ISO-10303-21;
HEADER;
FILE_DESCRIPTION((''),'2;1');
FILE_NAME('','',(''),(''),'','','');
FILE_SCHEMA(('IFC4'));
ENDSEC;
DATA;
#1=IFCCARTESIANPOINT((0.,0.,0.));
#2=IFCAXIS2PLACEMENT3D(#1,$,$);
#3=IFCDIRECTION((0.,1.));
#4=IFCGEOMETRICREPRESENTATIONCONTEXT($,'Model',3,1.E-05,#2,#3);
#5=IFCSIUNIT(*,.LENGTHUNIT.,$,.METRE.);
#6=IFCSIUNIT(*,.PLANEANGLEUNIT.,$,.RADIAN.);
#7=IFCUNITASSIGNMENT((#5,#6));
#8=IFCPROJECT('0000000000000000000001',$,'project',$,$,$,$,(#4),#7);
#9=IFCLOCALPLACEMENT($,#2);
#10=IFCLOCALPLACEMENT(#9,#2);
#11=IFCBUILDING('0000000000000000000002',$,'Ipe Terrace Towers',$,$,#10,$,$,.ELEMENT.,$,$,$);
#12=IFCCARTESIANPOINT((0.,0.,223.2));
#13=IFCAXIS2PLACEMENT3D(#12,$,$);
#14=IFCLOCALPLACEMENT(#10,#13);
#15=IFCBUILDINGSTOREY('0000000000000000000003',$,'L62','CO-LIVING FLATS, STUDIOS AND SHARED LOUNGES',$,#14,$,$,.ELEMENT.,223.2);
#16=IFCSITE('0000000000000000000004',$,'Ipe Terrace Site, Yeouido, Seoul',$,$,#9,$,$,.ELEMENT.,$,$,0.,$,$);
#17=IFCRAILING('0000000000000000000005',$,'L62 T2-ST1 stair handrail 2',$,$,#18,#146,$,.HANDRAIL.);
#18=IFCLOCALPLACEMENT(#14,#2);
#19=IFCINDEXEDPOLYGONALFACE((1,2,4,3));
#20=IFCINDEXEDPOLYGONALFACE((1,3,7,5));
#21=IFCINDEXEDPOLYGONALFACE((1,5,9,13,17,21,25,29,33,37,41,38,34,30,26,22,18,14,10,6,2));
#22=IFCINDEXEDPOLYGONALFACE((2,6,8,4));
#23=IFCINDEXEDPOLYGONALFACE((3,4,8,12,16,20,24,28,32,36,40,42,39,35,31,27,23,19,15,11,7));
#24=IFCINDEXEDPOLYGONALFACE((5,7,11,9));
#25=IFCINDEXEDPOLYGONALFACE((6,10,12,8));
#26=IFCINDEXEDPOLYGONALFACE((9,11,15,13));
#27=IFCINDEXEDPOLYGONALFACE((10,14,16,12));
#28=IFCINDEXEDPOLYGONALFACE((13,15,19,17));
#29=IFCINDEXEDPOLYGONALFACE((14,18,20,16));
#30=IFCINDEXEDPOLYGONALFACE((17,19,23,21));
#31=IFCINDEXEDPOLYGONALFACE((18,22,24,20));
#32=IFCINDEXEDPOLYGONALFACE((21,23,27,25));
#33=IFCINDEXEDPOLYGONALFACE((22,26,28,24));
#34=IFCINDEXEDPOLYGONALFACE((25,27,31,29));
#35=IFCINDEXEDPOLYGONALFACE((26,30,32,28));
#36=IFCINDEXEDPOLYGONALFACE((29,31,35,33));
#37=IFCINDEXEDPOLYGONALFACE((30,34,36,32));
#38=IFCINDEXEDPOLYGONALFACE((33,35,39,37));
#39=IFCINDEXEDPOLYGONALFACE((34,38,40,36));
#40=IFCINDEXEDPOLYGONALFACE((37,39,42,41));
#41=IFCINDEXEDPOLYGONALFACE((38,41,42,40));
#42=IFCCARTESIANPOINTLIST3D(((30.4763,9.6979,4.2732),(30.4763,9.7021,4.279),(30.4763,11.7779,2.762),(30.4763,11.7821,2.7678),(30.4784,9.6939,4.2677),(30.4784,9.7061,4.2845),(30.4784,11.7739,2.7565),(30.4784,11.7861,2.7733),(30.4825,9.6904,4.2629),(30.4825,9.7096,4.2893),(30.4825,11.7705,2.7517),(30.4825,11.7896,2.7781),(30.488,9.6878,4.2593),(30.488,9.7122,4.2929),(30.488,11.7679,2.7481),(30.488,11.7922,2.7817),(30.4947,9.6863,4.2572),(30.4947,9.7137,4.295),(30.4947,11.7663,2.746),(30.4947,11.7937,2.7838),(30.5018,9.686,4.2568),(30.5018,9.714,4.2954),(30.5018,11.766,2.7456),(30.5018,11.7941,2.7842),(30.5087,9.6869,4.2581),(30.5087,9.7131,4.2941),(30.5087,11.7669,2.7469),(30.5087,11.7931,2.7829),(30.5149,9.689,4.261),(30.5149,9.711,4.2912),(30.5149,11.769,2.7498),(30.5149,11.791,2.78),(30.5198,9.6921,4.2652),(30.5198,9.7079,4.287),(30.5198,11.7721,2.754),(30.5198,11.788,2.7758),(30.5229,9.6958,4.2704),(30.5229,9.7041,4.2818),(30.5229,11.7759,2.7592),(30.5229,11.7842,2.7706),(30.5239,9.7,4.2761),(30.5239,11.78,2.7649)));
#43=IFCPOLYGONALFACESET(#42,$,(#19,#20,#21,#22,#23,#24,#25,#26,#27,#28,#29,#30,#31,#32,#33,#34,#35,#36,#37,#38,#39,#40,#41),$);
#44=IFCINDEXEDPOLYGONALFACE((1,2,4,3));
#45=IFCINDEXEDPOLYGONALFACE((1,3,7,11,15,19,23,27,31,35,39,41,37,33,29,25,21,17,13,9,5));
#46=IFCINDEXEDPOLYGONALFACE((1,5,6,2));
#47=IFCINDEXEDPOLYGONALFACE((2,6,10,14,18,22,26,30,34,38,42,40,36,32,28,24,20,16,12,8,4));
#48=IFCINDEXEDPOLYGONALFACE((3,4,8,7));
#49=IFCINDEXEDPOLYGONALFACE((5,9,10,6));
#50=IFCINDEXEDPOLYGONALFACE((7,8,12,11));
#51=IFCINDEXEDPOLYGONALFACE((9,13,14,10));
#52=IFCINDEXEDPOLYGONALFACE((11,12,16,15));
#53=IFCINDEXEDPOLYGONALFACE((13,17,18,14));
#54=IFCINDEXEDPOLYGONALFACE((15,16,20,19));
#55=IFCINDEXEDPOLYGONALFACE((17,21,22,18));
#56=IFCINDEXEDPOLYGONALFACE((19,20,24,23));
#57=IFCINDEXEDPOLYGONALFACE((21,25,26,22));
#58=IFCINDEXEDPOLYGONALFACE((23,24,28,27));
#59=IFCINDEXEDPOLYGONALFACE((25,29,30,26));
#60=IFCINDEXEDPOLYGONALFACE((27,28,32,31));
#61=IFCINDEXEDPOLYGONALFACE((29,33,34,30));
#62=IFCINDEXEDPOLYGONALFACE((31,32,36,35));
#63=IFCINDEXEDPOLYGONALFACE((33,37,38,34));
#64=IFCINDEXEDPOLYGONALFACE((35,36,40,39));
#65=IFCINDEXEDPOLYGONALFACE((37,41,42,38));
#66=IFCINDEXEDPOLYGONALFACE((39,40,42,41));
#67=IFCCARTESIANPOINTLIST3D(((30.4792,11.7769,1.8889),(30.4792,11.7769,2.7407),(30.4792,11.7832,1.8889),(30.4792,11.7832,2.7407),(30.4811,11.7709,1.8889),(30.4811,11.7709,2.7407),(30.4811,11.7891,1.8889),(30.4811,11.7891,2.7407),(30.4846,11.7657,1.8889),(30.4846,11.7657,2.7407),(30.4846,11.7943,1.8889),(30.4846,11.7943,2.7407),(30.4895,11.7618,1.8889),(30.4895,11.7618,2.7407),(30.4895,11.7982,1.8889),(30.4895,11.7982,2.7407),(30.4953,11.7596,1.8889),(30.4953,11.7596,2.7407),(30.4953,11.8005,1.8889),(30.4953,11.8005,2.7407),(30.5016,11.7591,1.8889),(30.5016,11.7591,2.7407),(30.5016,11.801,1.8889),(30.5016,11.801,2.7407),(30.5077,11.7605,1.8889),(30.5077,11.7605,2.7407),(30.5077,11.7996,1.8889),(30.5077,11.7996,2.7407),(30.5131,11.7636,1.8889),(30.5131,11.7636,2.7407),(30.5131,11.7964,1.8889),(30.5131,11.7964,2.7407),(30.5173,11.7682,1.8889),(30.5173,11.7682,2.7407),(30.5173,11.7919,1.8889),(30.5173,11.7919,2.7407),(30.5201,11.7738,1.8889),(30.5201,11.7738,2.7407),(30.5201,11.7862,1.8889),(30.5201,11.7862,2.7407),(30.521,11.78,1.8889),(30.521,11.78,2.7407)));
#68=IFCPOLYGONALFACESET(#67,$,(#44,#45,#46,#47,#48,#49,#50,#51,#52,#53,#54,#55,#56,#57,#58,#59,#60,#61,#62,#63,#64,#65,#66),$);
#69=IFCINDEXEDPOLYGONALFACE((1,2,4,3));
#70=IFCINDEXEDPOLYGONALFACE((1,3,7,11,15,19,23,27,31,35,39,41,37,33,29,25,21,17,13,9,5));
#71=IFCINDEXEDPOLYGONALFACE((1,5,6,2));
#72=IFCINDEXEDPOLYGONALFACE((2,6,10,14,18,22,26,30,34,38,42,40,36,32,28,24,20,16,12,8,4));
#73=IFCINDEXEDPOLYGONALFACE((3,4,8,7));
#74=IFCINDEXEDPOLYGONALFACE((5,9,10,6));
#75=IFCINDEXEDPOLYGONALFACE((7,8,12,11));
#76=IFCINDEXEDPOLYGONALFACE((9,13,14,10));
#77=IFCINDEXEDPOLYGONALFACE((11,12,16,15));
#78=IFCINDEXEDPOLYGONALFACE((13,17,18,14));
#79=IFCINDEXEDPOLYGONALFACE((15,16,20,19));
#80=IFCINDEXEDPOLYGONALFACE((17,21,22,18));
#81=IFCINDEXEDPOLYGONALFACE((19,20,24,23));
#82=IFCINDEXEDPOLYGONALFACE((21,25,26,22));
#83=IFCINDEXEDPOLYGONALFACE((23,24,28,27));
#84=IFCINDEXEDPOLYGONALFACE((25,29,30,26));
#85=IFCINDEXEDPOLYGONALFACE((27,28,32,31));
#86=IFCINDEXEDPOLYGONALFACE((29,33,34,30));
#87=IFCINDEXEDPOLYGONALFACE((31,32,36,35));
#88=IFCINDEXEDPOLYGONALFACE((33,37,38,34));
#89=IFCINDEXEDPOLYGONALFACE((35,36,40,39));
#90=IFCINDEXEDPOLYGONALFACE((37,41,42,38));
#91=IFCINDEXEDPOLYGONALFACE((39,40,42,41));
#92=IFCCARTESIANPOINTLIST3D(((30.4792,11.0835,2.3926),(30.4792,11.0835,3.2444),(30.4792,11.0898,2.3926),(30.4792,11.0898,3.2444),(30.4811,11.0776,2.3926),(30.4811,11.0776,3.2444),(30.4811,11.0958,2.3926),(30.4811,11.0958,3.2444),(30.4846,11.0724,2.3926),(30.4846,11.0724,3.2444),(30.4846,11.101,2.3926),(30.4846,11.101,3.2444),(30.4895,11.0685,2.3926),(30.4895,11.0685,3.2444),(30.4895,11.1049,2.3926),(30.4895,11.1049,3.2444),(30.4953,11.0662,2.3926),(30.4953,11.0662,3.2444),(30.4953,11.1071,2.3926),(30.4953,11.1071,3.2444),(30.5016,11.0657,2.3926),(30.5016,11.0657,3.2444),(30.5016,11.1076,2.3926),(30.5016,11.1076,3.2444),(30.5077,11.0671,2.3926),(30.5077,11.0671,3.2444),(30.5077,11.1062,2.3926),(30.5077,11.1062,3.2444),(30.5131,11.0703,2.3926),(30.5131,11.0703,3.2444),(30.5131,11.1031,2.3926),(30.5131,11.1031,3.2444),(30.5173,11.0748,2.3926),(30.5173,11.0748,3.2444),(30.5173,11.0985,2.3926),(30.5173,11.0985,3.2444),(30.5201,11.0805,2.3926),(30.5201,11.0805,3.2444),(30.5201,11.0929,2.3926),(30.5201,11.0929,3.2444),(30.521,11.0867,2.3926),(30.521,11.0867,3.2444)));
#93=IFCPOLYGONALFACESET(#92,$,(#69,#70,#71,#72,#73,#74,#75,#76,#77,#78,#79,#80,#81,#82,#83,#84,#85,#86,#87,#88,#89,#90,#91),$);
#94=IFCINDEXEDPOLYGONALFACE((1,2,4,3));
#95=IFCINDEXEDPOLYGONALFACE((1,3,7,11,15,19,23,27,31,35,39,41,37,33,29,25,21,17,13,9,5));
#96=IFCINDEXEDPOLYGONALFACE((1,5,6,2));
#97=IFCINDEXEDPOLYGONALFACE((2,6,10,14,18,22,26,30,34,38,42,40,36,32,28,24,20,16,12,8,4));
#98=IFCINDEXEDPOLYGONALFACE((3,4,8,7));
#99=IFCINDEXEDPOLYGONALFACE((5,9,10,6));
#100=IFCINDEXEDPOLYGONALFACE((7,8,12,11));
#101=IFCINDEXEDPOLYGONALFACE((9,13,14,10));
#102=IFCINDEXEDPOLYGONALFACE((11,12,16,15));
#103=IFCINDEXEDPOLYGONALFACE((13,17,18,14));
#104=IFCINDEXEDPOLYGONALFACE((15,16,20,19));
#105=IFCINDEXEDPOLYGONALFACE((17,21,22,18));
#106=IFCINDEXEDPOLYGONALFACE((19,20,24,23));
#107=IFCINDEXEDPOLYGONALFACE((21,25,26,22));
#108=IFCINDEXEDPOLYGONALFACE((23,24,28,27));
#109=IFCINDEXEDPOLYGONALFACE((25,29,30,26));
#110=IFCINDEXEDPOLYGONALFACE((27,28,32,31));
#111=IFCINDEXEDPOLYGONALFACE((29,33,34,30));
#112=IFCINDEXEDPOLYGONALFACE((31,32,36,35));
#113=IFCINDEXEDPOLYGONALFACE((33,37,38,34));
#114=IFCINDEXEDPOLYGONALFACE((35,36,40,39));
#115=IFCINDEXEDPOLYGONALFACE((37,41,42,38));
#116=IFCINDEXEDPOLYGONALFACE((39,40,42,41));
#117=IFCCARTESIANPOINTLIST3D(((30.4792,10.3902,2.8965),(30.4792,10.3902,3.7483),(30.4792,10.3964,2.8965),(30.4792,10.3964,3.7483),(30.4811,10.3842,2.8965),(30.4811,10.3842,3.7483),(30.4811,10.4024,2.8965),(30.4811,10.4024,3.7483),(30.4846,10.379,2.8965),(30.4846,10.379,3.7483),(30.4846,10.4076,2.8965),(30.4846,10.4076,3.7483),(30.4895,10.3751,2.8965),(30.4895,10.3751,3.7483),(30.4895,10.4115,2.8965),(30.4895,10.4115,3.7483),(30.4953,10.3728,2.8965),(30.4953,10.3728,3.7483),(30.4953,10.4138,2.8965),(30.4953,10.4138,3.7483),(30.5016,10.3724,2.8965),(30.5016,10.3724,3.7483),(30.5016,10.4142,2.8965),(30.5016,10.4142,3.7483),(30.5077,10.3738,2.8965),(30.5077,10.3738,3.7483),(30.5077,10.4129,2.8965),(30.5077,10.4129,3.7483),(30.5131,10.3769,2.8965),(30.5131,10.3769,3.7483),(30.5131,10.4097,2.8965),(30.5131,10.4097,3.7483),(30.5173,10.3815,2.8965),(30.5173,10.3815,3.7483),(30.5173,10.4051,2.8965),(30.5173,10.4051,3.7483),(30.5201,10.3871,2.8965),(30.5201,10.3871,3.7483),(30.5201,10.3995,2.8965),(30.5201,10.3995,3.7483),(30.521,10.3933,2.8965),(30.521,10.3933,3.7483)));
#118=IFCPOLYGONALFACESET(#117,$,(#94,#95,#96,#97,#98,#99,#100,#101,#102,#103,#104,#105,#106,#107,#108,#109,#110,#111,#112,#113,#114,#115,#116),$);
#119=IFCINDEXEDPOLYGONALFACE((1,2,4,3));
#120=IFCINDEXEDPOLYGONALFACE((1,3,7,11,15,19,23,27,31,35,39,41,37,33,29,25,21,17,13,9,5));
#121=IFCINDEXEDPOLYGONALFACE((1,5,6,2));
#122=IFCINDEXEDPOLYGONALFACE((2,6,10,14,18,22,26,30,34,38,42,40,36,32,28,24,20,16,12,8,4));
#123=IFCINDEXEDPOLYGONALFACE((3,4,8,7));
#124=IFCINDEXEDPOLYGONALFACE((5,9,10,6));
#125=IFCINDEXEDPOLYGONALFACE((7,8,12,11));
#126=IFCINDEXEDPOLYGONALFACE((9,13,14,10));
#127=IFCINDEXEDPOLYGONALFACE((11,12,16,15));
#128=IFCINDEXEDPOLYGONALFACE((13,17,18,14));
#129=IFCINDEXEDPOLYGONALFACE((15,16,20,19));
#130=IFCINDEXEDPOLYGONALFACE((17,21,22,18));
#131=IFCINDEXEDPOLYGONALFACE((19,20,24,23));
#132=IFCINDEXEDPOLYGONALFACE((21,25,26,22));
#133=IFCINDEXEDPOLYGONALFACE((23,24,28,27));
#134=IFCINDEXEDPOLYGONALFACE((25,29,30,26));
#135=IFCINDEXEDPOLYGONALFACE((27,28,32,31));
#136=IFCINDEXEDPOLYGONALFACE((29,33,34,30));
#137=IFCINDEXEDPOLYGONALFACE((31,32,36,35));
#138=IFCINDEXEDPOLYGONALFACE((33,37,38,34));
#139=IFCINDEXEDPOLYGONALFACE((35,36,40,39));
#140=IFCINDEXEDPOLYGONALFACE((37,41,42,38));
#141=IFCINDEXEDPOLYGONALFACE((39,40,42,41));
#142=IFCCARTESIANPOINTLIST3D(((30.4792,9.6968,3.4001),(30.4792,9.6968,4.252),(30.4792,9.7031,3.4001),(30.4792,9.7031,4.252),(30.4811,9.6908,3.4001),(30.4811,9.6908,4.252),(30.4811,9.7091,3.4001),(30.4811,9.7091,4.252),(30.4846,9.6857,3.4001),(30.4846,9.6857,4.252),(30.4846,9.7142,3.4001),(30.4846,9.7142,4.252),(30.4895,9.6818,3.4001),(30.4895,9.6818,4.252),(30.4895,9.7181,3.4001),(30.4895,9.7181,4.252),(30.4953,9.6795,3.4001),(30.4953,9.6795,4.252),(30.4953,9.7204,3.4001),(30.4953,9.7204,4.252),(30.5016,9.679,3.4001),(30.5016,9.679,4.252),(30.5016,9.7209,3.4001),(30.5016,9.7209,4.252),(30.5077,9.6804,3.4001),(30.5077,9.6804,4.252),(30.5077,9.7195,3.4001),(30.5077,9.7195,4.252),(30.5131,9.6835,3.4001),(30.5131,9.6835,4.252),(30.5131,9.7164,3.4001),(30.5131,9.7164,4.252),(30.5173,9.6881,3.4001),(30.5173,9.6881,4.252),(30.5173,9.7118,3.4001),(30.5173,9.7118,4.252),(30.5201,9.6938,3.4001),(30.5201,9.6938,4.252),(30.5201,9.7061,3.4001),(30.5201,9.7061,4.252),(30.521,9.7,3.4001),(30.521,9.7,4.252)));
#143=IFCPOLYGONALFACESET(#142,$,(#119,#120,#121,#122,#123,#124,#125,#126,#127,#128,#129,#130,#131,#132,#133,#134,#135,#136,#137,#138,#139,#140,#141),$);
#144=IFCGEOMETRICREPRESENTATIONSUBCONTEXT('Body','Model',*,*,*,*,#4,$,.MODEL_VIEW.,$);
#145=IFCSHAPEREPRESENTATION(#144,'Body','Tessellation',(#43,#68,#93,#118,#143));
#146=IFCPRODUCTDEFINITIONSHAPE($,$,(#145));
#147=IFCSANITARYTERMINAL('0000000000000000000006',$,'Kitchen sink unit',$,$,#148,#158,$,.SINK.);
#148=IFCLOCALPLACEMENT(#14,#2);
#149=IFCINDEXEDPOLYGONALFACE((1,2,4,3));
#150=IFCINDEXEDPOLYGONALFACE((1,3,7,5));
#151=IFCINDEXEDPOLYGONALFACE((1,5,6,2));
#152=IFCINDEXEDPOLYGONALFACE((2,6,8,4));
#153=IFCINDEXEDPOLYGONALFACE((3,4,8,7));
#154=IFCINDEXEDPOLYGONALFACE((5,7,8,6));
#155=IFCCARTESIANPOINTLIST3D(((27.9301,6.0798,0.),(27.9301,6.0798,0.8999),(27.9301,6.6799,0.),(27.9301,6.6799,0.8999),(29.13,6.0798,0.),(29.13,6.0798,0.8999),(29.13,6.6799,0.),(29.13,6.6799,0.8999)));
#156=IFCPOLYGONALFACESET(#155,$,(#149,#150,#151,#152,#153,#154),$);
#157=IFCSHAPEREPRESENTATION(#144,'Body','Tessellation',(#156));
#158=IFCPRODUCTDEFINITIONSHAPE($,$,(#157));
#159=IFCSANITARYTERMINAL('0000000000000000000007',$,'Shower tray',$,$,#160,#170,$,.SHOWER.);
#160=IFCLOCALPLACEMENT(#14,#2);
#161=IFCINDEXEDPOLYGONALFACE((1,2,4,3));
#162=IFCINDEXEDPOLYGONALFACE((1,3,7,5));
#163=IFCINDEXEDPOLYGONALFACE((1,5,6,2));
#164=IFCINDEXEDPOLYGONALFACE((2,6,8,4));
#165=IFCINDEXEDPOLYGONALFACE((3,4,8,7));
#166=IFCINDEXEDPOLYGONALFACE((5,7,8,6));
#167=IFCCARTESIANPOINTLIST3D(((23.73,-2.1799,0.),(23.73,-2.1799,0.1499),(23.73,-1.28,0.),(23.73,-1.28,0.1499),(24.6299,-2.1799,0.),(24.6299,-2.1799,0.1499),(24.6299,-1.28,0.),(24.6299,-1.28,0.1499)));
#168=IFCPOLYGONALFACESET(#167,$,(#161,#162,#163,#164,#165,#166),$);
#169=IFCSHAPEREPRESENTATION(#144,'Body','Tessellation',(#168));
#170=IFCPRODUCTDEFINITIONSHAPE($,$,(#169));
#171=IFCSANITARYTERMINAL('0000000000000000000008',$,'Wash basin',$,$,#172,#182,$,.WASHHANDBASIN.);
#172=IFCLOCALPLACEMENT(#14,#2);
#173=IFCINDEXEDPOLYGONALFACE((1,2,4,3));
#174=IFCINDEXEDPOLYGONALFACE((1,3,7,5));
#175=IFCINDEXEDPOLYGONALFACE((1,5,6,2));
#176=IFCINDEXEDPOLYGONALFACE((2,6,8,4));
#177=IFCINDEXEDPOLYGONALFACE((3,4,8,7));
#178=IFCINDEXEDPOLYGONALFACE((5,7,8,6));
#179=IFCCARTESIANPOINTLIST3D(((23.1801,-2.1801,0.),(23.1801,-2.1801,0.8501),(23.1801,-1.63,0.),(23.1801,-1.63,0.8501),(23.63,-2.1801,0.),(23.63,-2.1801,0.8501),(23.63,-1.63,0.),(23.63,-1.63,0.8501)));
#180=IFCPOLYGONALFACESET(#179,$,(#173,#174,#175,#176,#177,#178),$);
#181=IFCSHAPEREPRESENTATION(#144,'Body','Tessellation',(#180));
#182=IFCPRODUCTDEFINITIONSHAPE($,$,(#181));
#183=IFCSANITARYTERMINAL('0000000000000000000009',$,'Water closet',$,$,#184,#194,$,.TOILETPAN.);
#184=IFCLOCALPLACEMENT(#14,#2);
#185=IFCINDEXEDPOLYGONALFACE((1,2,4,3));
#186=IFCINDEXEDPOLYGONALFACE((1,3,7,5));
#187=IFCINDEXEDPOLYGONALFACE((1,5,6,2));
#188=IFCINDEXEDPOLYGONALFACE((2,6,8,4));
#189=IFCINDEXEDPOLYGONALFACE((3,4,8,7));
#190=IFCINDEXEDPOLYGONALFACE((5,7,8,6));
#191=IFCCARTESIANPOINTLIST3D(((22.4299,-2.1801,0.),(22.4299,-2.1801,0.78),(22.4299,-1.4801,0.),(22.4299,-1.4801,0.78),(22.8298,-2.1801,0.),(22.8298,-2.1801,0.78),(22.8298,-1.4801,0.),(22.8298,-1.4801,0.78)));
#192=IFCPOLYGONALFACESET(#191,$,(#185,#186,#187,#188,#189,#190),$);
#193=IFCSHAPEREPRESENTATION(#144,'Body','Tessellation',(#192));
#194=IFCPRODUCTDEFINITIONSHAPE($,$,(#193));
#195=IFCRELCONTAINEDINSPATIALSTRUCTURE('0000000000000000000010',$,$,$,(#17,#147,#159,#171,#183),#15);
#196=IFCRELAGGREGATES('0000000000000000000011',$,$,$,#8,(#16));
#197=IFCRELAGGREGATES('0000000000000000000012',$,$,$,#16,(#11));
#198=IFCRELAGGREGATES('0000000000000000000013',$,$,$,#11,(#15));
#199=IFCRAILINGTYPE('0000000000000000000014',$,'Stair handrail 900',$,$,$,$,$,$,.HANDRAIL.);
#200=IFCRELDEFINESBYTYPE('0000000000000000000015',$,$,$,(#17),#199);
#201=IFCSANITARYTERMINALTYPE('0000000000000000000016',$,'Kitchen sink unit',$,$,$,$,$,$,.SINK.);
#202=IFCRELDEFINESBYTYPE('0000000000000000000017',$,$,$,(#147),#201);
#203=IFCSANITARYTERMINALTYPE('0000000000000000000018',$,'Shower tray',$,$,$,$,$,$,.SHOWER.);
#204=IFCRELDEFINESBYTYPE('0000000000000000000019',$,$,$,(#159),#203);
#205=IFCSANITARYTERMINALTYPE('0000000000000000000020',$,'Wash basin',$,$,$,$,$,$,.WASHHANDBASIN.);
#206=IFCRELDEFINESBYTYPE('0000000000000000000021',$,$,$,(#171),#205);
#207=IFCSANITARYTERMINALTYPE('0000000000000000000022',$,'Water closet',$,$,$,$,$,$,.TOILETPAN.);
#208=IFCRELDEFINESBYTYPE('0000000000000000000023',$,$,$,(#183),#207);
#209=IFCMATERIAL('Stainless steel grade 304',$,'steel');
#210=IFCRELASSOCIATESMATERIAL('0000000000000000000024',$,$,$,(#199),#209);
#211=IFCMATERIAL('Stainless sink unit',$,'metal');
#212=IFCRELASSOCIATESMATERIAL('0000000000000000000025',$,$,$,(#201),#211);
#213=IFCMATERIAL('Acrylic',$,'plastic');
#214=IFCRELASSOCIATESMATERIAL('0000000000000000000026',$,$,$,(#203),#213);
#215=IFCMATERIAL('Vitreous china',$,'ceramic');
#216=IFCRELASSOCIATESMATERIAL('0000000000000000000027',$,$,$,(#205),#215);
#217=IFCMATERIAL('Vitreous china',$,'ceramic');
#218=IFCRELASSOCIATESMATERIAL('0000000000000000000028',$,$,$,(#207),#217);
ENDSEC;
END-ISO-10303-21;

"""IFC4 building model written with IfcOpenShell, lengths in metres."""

from ifc_helpers import new_model, si_unit, direction, frame, origin, origin_2d, place, context, subcontext, project, spatial, rectangle, circle, extrude, material, type_object, element, save


model = new_model("IFC4")

# Units and contexts
model_context = context("Model", 3, precision=1e-05, world=origin(), true_north=direction((0.0, 1.0)))
body_context = subcontext(model_context, "Body", "Model", "MODEL_VIEW")
ifc_project = project(units=[si_unit("LENGTHUNIT", "METRE"), si_unit("PLANEANGLEUNIT", "RADIAN")], contexts=[model_context])

# Site, building, storey
site_placement = place(None, origin())
site = spatial("IfcSite", under=ifc_project, at=site_placement, Name="Ipe Terrace Site, Yeouido, Seoul", CompositionType="ELEMENT", RefElevation=0.0)
building_placement = place(site_placement, origin())
building = spatial("IfcBuilding", under=site, at=building_placement, Name="Ipe Terrace Towers", CompositionType="ELEMENT")
storey_placement = place(building_placement, frame((0.0, 0.0, 223.2)))
storey = spatial("IfcBuildingStorey", under=building, at=storey_placement, Name="L62", Description="CO-LIVING FLATS, STUDIOS AND SHARED LOUNGES", CompositionType="ELEMENT", Elevation=223.2)

# Railing
ifc_material_1 = material(Name="Stainless steel grade 304", Category="steel")
railing_type = type_object("IfcRailingType", Name="Stair handrail 900", PredefinedType="HANDRAIL", material=ifc_material_1)
railing_placement = place(storey_placement, frame((30.5, 11.78, 1.8889)))
element("IfcRailing", 1, at=railing_placement, inside=storey, type_object=railing_type, Name="L62 T2-ST1 stair handrail 2", PredefinedType="HANDRAIL", context=body_context, shape_type="SweptSolid", body=[
    extrude(circle(Radius=0.0239, at=origin_2d()), frame((0.0, 0.0, 0.876), z_axis=(0.0, -0.809023, 0.587776), x_axis=(1.0, 0.0, 0.0)), (0.0, 0.0, 1.0), 2.571),
    extrude(circle(Radius=0.021, at=origin_2d()), origin(), (0.0, 0.0, 1.0), 0.8518),
    extrude(circle(Radius=0.021, at=origin_2d()), frame((0.0, -0.6934, 0.5037)), (0.0, 0.0, 1.0), 0.8518),
    extrude(circle(Radius=0.021, at=origin_2d()), frame((0.0, -1.3867, 1.0076)), (0.0, 0.0, 1.0), 0.8518),
    extrude(circle(Radius=0.021, at=origin_2d()), frame((0.0, -2.0801, 1.5112)), (0.0, 0.0, 1.0), 0.8518),
])

# Sanitary terminals
ifc_material_2 = material(Name="Stainless sink unit", Category="metal")
sanitary_terminal_type_1 = type_object("IfcSanitaryTerminalType", Name="Kitchen sink unit", PredefinedType="SINK", material=ifc_material_2)
sanitary_terminal_1_placement = place(storey_placement, frame((28.53, 6.3799, 0.0), z_axis=(0.0, 0.0, 1.0), x_axis=(1.0, 0.0, 0.0)))
element("IfcSanitaryTerminal", 2, at=sanitary_terminal_1_placement, inside=storey, type_object=sanitary_terminal_type_1, Name="Kitchen sink unit", PredefinedType="SINK", context=body_context, shape_type="SweptSolid", body=[
    extrude(rectangle(XDim=1.2, YDim=0.6001, at=origin_2d()), origin(), (0.0, 0.0, 1.0), 0.8999),
])
ifc_material_3 = material(Name="Acrylic", Category="plastic")
sanitary_terminal_type_2 = type_object("IfcSanitaryTerminalType", Name="Shower tray", PredefinedType="SHOWER", material=ifc_material_3)
sanitary_terminal_2_placement = place(storey_placement, frame((24.1799, -1.73, 0.0), z_axis=(0.0, 0.0, 1.0), x_axis=(0.0, 1.0, 0.0)))
element("IfcSanitaryTerminal", 3, at=sanitary_terminal_2_placement, inside=storey, type_object=sanitary_terminal_type_2, Name="Shower tray", PredefinedType="SHOWER", context=body_context, shape_type="SweptSolid", body=[
    extrude(rectangle(XDim=0.8999, YDim=0.8999, at=origin_2d()), origin(), (0.0, 0.0, 1.0), 0.1499),
])
ifc_material_4 = material(Name="Vitreous china", Category="ceramic")
sanitary_terminal_type_3 = type_object("IfcSanitaryTerminalType", Name="Wash basin", PredefinedType="WASHHANDBASIN", material=ifc_material_4)
sanitary_terminal_3_placement = place(storey_placement, frame((23.405, -1.905, 0.0), z_axis=(0.0, 0.0, 1.0), x_axis=(0.0, 1.0, 0.0)))
element("IfcSanitaryTerminal", 4, at=sanitary_terminal_3_placement, inside=storey, type_object=sanitary_terminal_type_3, Name="Wash basin", PredefinedType="WASHHANDBASIN", context=body_context, shape_type="SweptSolid", body=[
    extrude(rectangle(XDim=0.55, YDim=0.45, at=origin_2d()), origin(), (0.0, 0.0, 1.0), 0.8501),
])
ifc_material_5 = material(Name="Vitreous china", Category="ceramic")
sanitary_terminal_type_4 = type_object("IfcSanitaryTerminalType", Name="Water closet", PredefinedType="TOILETPAN", material=ifc_material_5)
sanitary_terminal_4_placement = place(storey_placement, frame((22.6299, -1.8301, 0.0), z_axis=(0.0, 0.0, 1.0), x_axis=(0.0, 1.0, 0.0)))
element("IfcSanitaryTerminal", 5, at=sanitary_terminal_4_placement, inside=storey, type_object=sanitary_terminal_type_4, Name="Water closet", PredefinedType="TOILETPAN", context=body_context, shape_type="SweptSolid", body=[
    extrude(rectangle(XDim=0.7, YDim=0.3999, at=origin_2d()), origin(), (0.0, 0.0, 1.0), 0.78),
])

save(model, "model.ifc")
